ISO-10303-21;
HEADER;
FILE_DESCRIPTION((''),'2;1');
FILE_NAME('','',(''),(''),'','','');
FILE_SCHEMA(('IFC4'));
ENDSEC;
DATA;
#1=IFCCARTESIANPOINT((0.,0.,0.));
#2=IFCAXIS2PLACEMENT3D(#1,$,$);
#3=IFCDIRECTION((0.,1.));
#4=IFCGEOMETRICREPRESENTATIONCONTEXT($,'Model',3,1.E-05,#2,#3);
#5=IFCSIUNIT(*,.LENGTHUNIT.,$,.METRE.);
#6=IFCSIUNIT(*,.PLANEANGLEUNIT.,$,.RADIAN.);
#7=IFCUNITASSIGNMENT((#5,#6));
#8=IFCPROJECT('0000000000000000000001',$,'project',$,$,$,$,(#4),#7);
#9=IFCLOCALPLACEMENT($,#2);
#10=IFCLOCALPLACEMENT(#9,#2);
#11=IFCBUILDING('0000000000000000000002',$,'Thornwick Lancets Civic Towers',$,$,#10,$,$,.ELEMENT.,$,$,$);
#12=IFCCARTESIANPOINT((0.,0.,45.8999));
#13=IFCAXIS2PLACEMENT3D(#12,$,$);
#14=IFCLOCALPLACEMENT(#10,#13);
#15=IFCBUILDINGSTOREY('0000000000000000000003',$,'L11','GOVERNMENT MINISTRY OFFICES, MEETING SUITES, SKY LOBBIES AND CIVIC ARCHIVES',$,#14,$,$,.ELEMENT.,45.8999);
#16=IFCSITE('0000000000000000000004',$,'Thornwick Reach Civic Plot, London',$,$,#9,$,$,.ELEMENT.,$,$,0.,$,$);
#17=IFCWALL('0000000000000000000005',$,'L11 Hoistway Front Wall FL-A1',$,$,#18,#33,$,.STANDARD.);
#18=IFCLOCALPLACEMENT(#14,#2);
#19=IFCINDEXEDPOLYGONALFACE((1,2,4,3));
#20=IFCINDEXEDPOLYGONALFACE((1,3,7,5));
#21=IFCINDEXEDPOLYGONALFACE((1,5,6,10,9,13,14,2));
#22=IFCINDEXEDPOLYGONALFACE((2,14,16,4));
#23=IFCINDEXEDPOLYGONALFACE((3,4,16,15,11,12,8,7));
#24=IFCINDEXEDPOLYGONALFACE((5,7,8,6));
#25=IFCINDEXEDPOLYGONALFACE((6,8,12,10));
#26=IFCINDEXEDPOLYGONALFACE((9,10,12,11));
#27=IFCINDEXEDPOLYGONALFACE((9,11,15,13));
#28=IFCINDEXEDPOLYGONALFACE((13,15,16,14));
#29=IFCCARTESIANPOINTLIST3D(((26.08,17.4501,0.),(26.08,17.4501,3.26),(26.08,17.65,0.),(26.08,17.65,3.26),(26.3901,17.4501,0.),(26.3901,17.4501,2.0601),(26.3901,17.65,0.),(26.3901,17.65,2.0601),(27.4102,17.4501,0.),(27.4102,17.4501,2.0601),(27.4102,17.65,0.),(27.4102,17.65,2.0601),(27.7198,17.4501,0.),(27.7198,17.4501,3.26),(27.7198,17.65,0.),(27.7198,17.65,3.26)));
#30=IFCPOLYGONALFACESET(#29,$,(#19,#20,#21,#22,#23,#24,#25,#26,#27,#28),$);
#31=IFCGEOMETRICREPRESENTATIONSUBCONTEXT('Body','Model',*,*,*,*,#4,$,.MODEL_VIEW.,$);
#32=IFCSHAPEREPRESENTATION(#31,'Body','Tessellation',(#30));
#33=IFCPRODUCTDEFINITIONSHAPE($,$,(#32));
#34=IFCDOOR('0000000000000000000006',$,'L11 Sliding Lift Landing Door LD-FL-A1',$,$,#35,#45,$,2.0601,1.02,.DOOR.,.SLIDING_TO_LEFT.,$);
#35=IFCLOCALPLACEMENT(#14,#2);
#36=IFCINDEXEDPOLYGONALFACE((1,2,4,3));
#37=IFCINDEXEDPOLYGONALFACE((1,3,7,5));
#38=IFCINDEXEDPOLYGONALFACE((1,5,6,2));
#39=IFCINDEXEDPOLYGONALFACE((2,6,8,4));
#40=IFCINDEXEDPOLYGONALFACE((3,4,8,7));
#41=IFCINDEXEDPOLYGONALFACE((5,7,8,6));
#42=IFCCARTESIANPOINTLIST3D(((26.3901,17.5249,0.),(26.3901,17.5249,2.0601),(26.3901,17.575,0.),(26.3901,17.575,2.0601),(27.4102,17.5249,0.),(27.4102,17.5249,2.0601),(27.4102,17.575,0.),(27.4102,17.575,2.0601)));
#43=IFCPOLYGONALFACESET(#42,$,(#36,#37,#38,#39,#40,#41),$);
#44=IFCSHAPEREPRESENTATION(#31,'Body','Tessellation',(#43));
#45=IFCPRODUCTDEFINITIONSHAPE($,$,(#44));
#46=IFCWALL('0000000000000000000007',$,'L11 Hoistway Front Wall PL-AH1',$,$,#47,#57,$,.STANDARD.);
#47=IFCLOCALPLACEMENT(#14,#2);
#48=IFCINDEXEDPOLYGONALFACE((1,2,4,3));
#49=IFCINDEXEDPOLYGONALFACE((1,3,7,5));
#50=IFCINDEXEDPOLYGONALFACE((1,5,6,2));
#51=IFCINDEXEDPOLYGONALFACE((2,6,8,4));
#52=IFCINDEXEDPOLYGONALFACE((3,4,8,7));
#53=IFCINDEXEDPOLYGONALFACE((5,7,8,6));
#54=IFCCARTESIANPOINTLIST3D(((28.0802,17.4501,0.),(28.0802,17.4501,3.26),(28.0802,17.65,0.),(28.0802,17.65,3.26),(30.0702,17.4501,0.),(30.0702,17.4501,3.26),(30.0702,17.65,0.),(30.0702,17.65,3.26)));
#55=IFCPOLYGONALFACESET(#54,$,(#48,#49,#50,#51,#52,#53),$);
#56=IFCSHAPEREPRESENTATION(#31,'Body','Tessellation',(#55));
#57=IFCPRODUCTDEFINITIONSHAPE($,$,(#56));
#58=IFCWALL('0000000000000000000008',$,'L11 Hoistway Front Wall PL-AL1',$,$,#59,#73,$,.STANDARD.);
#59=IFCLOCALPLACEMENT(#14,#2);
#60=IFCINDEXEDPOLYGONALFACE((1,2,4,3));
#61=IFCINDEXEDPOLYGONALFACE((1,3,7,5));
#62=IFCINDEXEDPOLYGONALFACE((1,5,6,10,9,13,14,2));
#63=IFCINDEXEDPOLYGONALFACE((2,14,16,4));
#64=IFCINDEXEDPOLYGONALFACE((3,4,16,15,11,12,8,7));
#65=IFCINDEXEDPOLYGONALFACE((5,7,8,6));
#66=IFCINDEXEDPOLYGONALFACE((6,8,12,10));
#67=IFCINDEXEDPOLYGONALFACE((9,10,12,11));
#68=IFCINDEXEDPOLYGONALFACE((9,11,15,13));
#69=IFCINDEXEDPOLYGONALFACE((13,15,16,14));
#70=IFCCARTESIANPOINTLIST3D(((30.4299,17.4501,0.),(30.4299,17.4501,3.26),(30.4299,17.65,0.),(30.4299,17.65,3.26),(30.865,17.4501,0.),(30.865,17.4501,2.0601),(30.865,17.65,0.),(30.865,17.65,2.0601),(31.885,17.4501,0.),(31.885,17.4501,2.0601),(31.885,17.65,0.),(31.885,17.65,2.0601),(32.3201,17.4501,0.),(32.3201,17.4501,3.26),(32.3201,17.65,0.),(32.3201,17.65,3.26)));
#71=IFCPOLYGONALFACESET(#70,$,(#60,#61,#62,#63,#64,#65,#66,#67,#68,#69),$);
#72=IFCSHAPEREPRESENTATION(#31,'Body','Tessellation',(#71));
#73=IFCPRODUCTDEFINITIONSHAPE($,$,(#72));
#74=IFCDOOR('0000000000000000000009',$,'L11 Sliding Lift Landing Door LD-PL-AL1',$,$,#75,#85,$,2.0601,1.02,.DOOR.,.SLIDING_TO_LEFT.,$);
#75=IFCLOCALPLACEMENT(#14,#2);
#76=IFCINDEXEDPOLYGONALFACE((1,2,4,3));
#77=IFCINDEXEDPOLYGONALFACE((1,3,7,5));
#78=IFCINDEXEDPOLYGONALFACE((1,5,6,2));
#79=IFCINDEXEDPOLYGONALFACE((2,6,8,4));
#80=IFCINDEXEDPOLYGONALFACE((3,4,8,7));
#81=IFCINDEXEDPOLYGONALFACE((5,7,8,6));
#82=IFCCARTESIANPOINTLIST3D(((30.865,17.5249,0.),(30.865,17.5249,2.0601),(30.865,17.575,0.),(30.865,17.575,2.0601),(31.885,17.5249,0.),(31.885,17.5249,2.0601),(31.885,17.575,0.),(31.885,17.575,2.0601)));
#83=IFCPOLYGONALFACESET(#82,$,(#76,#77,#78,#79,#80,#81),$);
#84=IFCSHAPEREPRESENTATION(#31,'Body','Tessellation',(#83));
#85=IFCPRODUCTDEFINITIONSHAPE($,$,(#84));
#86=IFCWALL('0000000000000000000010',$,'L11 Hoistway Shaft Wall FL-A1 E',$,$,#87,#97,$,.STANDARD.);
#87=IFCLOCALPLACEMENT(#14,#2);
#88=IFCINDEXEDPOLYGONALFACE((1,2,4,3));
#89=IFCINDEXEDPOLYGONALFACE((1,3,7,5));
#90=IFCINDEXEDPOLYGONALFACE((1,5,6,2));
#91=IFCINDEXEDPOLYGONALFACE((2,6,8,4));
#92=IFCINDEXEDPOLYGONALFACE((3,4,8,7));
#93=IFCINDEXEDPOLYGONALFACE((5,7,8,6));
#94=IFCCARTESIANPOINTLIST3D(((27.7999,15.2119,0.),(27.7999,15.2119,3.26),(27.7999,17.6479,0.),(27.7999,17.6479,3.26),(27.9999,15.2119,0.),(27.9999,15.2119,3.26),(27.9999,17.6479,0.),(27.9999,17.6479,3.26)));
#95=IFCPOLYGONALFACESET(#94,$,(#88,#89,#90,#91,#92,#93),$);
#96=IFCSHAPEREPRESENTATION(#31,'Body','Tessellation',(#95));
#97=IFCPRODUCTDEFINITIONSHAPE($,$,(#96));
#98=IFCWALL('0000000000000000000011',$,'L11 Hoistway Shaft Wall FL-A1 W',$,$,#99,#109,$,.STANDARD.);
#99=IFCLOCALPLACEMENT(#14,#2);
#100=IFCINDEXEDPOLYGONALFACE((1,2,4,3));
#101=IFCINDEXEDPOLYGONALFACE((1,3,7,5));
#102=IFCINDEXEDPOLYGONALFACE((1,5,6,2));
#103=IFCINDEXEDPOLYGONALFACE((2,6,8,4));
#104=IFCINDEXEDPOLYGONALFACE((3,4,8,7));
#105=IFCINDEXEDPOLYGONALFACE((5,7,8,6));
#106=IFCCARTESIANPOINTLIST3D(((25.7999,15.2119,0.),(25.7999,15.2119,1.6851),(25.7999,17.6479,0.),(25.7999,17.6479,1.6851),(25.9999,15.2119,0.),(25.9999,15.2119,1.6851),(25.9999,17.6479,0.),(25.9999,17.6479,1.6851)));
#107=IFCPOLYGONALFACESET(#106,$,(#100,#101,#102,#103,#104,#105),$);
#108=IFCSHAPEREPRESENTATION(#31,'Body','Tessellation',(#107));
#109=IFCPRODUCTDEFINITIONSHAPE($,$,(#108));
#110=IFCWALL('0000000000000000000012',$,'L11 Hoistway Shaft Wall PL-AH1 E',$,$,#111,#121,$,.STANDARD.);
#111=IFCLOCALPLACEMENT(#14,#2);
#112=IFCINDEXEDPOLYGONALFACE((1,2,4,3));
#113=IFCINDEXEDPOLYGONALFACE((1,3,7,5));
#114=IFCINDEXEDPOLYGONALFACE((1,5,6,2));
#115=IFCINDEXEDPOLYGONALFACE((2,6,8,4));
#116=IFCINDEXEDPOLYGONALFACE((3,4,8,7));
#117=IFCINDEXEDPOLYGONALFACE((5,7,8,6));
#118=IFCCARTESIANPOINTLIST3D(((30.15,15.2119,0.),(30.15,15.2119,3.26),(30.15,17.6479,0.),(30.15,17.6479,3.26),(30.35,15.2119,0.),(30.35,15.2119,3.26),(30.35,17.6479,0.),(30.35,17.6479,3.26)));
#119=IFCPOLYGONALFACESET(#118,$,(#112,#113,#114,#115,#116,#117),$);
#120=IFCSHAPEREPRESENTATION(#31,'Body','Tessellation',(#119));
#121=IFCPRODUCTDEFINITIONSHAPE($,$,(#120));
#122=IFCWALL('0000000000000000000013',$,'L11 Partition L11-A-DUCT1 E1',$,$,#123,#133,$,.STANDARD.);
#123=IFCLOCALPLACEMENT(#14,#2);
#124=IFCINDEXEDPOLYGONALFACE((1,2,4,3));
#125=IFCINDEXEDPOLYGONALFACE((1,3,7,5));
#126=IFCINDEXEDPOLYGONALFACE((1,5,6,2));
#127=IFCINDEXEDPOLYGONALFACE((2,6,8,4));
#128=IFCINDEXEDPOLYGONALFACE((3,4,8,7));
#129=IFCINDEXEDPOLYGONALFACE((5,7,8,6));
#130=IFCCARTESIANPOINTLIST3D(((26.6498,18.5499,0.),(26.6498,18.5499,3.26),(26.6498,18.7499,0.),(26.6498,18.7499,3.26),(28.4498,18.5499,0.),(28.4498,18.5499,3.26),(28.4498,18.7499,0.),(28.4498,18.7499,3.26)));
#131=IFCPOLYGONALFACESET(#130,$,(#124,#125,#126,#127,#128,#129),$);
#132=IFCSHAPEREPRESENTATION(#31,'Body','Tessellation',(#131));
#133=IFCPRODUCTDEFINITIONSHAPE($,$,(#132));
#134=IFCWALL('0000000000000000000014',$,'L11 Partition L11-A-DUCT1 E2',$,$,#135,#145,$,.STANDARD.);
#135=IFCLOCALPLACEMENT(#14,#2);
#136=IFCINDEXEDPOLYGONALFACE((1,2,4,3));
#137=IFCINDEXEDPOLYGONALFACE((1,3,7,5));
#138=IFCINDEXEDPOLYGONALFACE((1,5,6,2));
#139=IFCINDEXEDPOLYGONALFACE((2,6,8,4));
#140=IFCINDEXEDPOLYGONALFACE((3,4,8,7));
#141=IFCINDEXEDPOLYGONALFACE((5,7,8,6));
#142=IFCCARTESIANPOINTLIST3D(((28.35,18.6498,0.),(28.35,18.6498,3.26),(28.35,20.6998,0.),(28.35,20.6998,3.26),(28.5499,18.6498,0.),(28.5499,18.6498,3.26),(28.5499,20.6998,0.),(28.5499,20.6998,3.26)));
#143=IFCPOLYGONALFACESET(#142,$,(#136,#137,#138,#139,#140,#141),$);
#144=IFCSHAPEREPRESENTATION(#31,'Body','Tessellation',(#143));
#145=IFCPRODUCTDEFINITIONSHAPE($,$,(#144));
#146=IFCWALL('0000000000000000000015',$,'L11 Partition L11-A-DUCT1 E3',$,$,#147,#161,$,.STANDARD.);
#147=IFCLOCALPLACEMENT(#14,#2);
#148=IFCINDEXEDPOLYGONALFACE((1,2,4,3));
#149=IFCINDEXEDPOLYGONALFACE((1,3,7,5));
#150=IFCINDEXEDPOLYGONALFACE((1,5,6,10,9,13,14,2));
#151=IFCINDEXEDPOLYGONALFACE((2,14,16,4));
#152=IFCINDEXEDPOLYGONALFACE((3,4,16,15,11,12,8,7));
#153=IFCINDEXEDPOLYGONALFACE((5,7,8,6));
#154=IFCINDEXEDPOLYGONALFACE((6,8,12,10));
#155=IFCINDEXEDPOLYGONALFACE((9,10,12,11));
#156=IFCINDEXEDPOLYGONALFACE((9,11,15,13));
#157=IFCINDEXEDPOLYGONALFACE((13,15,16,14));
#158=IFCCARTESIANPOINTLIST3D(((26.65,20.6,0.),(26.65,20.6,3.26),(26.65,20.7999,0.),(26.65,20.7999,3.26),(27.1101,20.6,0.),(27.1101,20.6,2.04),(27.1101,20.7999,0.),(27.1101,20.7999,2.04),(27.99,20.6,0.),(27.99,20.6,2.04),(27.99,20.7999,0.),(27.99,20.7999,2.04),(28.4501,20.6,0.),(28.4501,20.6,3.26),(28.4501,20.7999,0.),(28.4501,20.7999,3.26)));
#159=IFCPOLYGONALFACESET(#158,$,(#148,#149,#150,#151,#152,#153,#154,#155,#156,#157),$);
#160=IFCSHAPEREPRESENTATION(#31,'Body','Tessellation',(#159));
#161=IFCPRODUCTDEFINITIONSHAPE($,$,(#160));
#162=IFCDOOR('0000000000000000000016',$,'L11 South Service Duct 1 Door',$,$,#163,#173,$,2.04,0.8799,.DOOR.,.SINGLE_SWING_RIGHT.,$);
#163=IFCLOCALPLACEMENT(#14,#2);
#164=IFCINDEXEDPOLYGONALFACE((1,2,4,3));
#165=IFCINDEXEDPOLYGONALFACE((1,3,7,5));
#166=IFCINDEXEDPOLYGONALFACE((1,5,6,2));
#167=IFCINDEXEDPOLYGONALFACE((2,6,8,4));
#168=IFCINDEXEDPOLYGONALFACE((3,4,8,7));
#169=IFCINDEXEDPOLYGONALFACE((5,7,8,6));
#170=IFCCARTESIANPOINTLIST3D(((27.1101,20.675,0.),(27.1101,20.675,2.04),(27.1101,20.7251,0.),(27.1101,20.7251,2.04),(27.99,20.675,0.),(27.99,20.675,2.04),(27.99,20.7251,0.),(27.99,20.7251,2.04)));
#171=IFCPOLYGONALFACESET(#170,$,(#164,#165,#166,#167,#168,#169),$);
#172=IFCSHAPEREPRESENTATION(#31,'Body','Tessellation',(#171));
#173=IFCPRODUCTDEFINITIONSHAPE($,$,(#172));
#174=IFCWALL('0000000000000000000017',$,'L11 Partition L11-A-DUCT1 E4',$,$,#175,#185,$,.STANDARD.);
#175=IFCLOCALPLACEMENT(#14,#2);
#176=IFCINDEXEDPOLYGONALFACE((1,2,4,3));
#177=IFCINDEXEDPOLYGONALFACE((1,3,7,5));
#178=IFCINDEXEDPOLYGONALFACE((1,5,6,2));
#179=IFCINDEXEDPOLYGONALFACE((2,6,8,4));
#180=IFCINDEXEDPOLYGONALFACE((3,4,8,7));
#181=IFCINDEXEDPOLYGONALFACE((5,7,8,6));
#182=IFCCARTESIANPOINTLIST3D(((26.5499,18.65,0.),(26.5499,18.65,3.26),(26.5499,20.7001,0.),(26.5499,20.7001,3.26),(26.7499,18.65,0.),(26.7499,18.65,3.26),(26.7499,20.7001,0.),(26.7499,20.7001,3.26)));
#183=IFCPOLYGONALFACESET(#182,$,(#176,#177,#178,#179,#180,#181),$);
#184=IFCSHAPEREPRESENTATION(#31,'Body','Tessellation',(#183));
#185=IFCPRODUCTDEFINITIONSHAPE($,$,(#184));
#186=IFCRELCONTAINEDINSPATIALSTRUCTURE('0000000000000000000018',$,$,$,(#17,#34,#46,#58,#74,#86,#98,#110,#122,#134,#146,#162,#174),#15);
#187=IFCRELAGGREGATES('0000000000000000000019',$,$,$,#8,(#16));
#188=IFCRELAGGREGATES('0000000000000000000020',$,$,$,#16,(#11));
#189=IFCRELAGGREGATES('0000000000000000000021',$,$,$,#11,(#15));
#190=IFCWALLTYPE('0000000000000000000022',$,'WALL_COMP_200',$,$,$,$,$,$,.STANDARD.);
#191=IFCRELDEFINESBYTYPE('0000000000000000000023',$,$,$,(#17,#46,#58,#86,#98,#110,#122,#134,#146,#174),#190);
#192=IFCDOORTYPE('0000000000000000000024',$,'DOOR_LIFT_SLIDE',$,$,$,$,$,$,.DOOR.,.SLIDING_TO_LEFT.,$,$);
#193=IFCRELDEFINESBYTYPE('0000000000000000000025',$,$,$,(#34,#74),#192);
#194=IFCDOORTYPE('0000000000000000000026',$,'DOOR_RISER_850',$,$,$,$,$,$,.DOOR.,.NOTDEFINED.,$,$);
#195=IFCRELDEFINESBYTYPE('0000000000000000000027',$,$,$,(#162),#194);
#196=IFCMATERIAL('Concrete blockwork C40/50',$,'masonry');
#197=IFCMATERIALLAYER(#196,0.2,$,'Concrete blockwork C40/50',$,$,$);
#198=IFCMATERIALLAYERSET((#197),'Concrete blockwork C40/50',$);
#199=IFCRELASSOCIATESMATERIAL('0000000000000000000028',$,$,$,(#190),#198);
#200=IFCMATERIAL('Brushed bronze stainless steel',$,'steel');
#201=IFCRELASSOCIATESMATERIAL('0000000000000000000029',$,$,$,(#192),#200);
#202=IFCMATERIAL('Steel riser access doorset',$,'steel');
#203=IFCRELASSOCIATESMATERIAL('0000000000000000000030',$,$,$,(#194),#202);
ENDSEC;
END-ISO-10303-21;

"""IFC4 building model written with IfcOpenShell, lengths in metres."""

from ifc_helpers import new_model, si_unit, direction, frame, frame_2d, origin, place, context, subcontext, project, spatial, rectangle, extrude, material, layer, layer_set, type_object, element, fill, save


model = new_model("IFC4")

# Units and contexts
model_context = context("Model", 3, precision=1e-05, world=origin(), true_north=direction((0.0, 1.0)))
body_context = subcontext(model_context, "Body", "Model", "MODEL_VIEW")
ifc_project = project(units=[si_unit("LENGTHUNIT", "METRE"), si_unit("PLANEANGLEUNIT", "RADIAN")], contexts=[model_context])

# Site, building, storey
site_placement = place(None, origin())
site = spatial("IfcSite", under=ifc_project, at=site_placement, Name="Thornwick Reach Civic Plot, London", CompositionType="ELEMENT", RefElevation=0.0)
building_placement = place(site_placement, origin())
building = spatial("IfcBuilding", under=site, at=building_placement, Name="Thornwick Lancets Civic Towers", CompositionType="ELEMENT")
storey_placement = place(building_placement, frame((0.0, 0.0, 45.8999)))
storey = spatial("IfcBuildingStorey", under=building, at=storey_placement, Name="L11", Description="GOVERNMENT MINISTRY OFFICES, MEETING SUITES, SKY LOBBIES AND CIVIC ARCHIVES", CompositionType="ELEMENT", Elevation=45.8999)

# Wall, opening, door
ifc_material_1 = material(Name="Concrete blockwork C40/50", Category="masonry")
ifc_layer_1 = layer(ifc_material_1, 0.2, Name="Concrete blockwork C40/50")
ifc_layer_set_1 = layer_set([ifc_layer_1], Name="Concrete blockwork C40/50")
wall_type_1 = type_object("IfcWallType", Name="WALL_COMP_200", PredefinedType="STANDARD", material=ifc_layer_set_1)
wall_1_placement = place(storey_placement, frame((26.0801, 17.55, 0.0), z_axis=(0.0, 0.0, 1.0), x_axis=(1.0, 0.0, 0.0)))
wall_1 = element("IfcWall", 1, at=wall_1_placement, inside=storey, type_object=wall_type_1, Name="L11 Hoistway Front Wall FL-A1", PredefinedType="STANDARD", context=body_context, shape_type="SweptSolid", body=[
    extrude(rectangle(XDim=1.6399, YDim=0.2, at=frame_2d((0.8198, 0.0))), origin(), (0.0, 0.0, 1.0), 3.26),
])
opening_1_placement = place(wall_1_placement, frame((0.3101, 0.0, 0.0)))
opening_1 = element("IfcOpeningElement", 2, at=opening_1_placement, cuts=wall_1, PredefinedType="OPENING", context=body_context, shape_type="SweptSolid", body=[
    extrude(rectangle(XDim=1.02, YDim=2.0601, at=frame_2d((0.51, 1.03))), frame((0.0, 0.1099, 0.0), z_axis=(0.0, -1.0, 0.0), x_axis=(1.0, 0.0, 0.0)), (0.0, 0.0, 1.0), 0.22),
])
ifc_material_2 = material(Name="Brushed bronze stainless steel", Category="steel")
door_type_1 = type_object("IfcDoorType", Name="DOOR_LIFT_SLIDE", OperationType="SLIDING_TO_LEFT", PredefinedType="DOOR", material=ifc_material_2)
door_1_placement = place(opening_1_placement, origin())
door_1 = element("IfcDoor", 3, at=door_1_placement, inside=storey, type_object=door_type_1, Name="L11 Sliding Lift Landing Door LD-FL-A1", OperationType="SLIDING_TO_LEFT", OverallHeight=2.0601, OverallWidth=1.02, PredefinedType="DOOR", context=body_context, shape_type="SweptSolid", body=[
    extrude(rectangle(XDim=1.02, YDim=2.0601, at=frame_2d((0.51, 1.03))), frame((0.0, 0.0249, 0.0), z_axis=(0.0, -1.0, 0.0), x_axis=(1.0, 0.0, 0.0)), (0.0, 0.0, 1.0), 0.05),
])
fill(opening_1, door_1)

# Wall
wall_2_placement = place(storey_placement, frame((28.0801, 17.55, 0.0), z_axis=(0.0, 0.0, 1.0), x_axis=(1.0, 0.0, 0.0)))
element("IfcWall", 4, at=wall_2_placement, inside=storey, type_object=wall_type_1, Name="L11 Hoistway Front Wall PL-AH1", PredefinedType="STANDARD", context=body_context, shape_type="SweptSolid", body=[
    extrude(rectangle(XDim=1.99, YDim=0.2, at=frame_2d((0.9951, 0.0))), origin(), (0.0, 0.0, 1.0), 3.26),
])

# Wall, opening, door
wall_3_placement = place(storey_placement, frame((30.4299, 17.55, 0.0), z_axis=(0.0, 0.0, 1.0), x_axis=(1.0, 0.0, 0.0)))
wall_3 = element("IfcWall", 5, at=wall_3_placement, inside=storey, type_object=wall_type_1, Name="L11 Hoistway Front Wall PL-AL1", PredefinedType="STANDARD", context=body_context, shape_type="SweptSolid", body=[
    extrude(rectangle(XDim=1.8901, YDim=0.2, at=frame_2d((0.9451, 0.0))), origin(), (0.0, 0.0, 1.0), 3.26),
])
opening_2_placement = place(wall_3_placement, frame((0.4351, 0.0, 0.0)))
opening_2 = element("IfcOpeningElement", 6, at=opening_2_placement, cuts=wall_3, PredefinedType="OPENING", context=body_context, shape_type="SweptSolid", body=[
    extrude(rectangle(XDim=1.02, YDim=2.0601, at=frame_2d((0.51, 1.03))), frame((0.0, 0.1099, 0.0), z_axis=(0.0, -1.0, 0.0), x_axis=(1.0, 0.0, 0.0)), (0.0, 0.0, 1.0), 0.22),
])
door_2_placement = place(opening_2_placement, origin())
door_2 = element("IfcDoor", 7, at=door_2_placement, inside=storey, type_object=door_type_1, Name="L11 Sliding Lift Landing Door LD-PL-AL1", OperationType="SLIDING_TO_LEFT", OverallHeight=2.0601, OverallWidth=1.02, PredefinedType="DOOR", context=body_context, shape_type="SweptSolid", body=[
    extrude(rectangle(XDim=1.02, YDim=2.0601, at=frame_2d((0.51, 1.03))), frame((0.0, 0.0249, 0.0), z_axis=(0.0, -1.0, 0.0), x_axis=(1.0, 0.0, 0.0)), (0.0, 0.0, 1.0), 0.05),
])
fill(opening_2, door_2)

# Walls
wall_4_placement = place(storey_placement, frame((27.8999, 15.2119, 0.0), z_axis=(0.0, 0.0, 1.0), x_axis=(0.0, 1.0, 0.0)))
element("IfcWall", 8, at=wall_4_placement, inside=storey, type_object=wall_type_1, Name="L11 Hoistway Shaft Wall FL-A1 E", PredefinedType="STANDARD", context=body_context, shape_type="SweptSolid", body=[
    extrude(rectangle(XDim=2.436, YDim=0.2, at=frame_2d((1.218, 0.0))), origin(), (0.0, 0.0, 1.0), 3.26),
])
wall_5_placement = place(storey_placement, frame((25.8999, 15.2119, 0.0), z_axis=(0.0, 0.0, 1.0), x_axis=(0.0, 1.0, 0.0)))
element("IfcWall", 9, at=wall_5_placement, inside=storey, type_object=wall_type_1, Name="L11 Hoistway Shaft Wall FL-A1 W", PredefinedType="STANDARD", context=body_context, shape_type="SweptSolid", body=[
    extrude(rectangle(XDim=2.436, YDim=0.2, at=frame_2d((1.218, 0.0))), origin(), (0.0, 0.0, 1.0), 1.6851),
])
wall_6_placement = place(storey_placement, frame((30.25, 15.2119, 0.0), z_axis=(0.0, 0.0, 1.0), x_axis=(0.0, 1.0, 0.0)))
element("IfcWall", 10, at=wall_6_placement, inside=storey, type_object=wall_type_1, Name="L11 Hoistway Shaft Wall PL-AH1 E", PredefinedType="STANDARD", context=body_context, shape_type="SweptSolid", body=[
    extrude(rectangle(XDim=2.436, YDim=0.2, at=frame_2d((1.218, 0.0))), origin(), (0.0, 0.0, 1.0), 3.26),
])
wall_7_placement = place(storey_placement, frame((26.6499, 18.6499, 0.0), z_axis=(0.0, 0.0, 1.0), x_axis=(1.0, 0.0, 0.0)))
element("IfcWall", 11, at=wall_7_placement, inside=storey, type_object=wall_type_1, Name="L11 Partition L11-A-DUCT1 E1", PredefinedType="STANDARD", context=body_context, shape_type="SweptSolid", body=[
    extrude(rectangle(XDim=1.8, YDim=0.2, at=frame_2d((0.8999, 0.0))), origin(), (0.0, 0.0, 1.0), 3.26),
])
wall_8_placement = place(storey_placement, frame((28.45, 18.6499, 0.0), z_axis=(0.0, 0.0, 1.0), x_axis=(0.0, 1.0, 0.0)))
element("IfcWall", 12, at=wall_8_placement, inside=storey, type_object=wall_type_1, Name="L11 Partition L11-A-DUCT1 E2", PredefinedType="STANDARD", context=body_context, shape_type="SweptSolid", body=[
    extrude(rectangle(XDim=2.05, YDim=0.2, at=frame_2d((1.0249, 0.0))), origin(), (0.0, 0.0, 1.0), 3.26),
])

# Wall, opening, door
wall_9_placement = place(storey_placement, frame((28.45, 20.7, 0.0), z_axis=(0.0, 0.0, 1.0), x_axis=(-1.0, 0.0, 0.0)))
wall_9 = element("IfcWall", 13, at=wall_9_placement, inside=storey, type_object=wall_type_1, Name="L11 Partition L11-A-DUCT1 E3", PredefinedType="STANDARD", context=body_context, shape_type="SweptSolid", body=[
    extrude(rectangle(XDim=1.8, YDim=0.2, at=frame_2d((0.8999, 0.0))), origin(), (0.0, 0.0, 1.0), 3.26),
])
opening_3_placement = place(wall_9_placement, frame((0.46, 0.0, 0.0)))
opening_3 = element("IfcOpeningElement", 14, at=opening_3_placement, cuts=wall_9, PredefinedType="OPENING", context=body_context, shape_type="SweptSolid", body=[
    extrude(rectangle(XDim=0.8799, YDim=2.04, at=frame_2d((0.4399, 1.02))), frame((0.0, 0.1099, 0.0), z_axis=(0.0, -1.0, 0.0), x_axis=(1.0, 0.0, 0.0)), (0.0, 0.0, 1.0), 0.22),
])
ifc_material_3 = material(Name="Steel riser access doorset", Category="steel")
door_type_2 = type_object("IfcDoorType", Name="DOOR_RISER_850", OperationType="NOTDEFINED", PredefinedType="DOOR", material=ifc_material_3)
door_3_placement = place(opening_3_placement, origin())
door_3 = element("IfcDoor", 15, at=door_3_placement, inside=storey, type_object=door_type_2, Name="L11 South Service Duct 1 Door", OperationType="SINGLE_SWING_RIGHT", OverallHeight=2.04, OverallWidth=0.8799, PredefinedType="DOOR", context=body_context, shape_type="SweptSolid", body=[
    extrude(rectangle(XDim=0.8799, YDim=2.04, at=frame_2d((0.4399, 1.02))), frame((0.0, 0.0249, 0.0), z_axis=(0.0, -1.0, 0.0), x_axis=(1.0, 0.0, 0.0)), (0.0, 0.0, 1.0), 0.05),
])
fill(opening_3, door_3)

# Wall
for number, where, z_axis, x_axis, name in (
    (16, (26.6499, 20.7, 0.0), (0.0, 0.0, 1.0), (0.0, -1.0, 0.0), "L11 Partition L11-A-DUCT1 E4"),
):
    element("IfcWall", number, at=place(storey_placement, frame(where, z_axis=z_axis, x_axis=x_axis)), inside=storey, type_object=wall_type_1, Name=name, PredefinedType="STANDARD", context=body_context, shape_type="SweptSolid", body=[
        extrude(rectangle(XDim=2.05, YDim=0.2, at=frame_2d((1.0249, 0.0))), origin(), (0.0, 0.0, 1.0), 3.26),
    ])

save(model, "model.ifc")
